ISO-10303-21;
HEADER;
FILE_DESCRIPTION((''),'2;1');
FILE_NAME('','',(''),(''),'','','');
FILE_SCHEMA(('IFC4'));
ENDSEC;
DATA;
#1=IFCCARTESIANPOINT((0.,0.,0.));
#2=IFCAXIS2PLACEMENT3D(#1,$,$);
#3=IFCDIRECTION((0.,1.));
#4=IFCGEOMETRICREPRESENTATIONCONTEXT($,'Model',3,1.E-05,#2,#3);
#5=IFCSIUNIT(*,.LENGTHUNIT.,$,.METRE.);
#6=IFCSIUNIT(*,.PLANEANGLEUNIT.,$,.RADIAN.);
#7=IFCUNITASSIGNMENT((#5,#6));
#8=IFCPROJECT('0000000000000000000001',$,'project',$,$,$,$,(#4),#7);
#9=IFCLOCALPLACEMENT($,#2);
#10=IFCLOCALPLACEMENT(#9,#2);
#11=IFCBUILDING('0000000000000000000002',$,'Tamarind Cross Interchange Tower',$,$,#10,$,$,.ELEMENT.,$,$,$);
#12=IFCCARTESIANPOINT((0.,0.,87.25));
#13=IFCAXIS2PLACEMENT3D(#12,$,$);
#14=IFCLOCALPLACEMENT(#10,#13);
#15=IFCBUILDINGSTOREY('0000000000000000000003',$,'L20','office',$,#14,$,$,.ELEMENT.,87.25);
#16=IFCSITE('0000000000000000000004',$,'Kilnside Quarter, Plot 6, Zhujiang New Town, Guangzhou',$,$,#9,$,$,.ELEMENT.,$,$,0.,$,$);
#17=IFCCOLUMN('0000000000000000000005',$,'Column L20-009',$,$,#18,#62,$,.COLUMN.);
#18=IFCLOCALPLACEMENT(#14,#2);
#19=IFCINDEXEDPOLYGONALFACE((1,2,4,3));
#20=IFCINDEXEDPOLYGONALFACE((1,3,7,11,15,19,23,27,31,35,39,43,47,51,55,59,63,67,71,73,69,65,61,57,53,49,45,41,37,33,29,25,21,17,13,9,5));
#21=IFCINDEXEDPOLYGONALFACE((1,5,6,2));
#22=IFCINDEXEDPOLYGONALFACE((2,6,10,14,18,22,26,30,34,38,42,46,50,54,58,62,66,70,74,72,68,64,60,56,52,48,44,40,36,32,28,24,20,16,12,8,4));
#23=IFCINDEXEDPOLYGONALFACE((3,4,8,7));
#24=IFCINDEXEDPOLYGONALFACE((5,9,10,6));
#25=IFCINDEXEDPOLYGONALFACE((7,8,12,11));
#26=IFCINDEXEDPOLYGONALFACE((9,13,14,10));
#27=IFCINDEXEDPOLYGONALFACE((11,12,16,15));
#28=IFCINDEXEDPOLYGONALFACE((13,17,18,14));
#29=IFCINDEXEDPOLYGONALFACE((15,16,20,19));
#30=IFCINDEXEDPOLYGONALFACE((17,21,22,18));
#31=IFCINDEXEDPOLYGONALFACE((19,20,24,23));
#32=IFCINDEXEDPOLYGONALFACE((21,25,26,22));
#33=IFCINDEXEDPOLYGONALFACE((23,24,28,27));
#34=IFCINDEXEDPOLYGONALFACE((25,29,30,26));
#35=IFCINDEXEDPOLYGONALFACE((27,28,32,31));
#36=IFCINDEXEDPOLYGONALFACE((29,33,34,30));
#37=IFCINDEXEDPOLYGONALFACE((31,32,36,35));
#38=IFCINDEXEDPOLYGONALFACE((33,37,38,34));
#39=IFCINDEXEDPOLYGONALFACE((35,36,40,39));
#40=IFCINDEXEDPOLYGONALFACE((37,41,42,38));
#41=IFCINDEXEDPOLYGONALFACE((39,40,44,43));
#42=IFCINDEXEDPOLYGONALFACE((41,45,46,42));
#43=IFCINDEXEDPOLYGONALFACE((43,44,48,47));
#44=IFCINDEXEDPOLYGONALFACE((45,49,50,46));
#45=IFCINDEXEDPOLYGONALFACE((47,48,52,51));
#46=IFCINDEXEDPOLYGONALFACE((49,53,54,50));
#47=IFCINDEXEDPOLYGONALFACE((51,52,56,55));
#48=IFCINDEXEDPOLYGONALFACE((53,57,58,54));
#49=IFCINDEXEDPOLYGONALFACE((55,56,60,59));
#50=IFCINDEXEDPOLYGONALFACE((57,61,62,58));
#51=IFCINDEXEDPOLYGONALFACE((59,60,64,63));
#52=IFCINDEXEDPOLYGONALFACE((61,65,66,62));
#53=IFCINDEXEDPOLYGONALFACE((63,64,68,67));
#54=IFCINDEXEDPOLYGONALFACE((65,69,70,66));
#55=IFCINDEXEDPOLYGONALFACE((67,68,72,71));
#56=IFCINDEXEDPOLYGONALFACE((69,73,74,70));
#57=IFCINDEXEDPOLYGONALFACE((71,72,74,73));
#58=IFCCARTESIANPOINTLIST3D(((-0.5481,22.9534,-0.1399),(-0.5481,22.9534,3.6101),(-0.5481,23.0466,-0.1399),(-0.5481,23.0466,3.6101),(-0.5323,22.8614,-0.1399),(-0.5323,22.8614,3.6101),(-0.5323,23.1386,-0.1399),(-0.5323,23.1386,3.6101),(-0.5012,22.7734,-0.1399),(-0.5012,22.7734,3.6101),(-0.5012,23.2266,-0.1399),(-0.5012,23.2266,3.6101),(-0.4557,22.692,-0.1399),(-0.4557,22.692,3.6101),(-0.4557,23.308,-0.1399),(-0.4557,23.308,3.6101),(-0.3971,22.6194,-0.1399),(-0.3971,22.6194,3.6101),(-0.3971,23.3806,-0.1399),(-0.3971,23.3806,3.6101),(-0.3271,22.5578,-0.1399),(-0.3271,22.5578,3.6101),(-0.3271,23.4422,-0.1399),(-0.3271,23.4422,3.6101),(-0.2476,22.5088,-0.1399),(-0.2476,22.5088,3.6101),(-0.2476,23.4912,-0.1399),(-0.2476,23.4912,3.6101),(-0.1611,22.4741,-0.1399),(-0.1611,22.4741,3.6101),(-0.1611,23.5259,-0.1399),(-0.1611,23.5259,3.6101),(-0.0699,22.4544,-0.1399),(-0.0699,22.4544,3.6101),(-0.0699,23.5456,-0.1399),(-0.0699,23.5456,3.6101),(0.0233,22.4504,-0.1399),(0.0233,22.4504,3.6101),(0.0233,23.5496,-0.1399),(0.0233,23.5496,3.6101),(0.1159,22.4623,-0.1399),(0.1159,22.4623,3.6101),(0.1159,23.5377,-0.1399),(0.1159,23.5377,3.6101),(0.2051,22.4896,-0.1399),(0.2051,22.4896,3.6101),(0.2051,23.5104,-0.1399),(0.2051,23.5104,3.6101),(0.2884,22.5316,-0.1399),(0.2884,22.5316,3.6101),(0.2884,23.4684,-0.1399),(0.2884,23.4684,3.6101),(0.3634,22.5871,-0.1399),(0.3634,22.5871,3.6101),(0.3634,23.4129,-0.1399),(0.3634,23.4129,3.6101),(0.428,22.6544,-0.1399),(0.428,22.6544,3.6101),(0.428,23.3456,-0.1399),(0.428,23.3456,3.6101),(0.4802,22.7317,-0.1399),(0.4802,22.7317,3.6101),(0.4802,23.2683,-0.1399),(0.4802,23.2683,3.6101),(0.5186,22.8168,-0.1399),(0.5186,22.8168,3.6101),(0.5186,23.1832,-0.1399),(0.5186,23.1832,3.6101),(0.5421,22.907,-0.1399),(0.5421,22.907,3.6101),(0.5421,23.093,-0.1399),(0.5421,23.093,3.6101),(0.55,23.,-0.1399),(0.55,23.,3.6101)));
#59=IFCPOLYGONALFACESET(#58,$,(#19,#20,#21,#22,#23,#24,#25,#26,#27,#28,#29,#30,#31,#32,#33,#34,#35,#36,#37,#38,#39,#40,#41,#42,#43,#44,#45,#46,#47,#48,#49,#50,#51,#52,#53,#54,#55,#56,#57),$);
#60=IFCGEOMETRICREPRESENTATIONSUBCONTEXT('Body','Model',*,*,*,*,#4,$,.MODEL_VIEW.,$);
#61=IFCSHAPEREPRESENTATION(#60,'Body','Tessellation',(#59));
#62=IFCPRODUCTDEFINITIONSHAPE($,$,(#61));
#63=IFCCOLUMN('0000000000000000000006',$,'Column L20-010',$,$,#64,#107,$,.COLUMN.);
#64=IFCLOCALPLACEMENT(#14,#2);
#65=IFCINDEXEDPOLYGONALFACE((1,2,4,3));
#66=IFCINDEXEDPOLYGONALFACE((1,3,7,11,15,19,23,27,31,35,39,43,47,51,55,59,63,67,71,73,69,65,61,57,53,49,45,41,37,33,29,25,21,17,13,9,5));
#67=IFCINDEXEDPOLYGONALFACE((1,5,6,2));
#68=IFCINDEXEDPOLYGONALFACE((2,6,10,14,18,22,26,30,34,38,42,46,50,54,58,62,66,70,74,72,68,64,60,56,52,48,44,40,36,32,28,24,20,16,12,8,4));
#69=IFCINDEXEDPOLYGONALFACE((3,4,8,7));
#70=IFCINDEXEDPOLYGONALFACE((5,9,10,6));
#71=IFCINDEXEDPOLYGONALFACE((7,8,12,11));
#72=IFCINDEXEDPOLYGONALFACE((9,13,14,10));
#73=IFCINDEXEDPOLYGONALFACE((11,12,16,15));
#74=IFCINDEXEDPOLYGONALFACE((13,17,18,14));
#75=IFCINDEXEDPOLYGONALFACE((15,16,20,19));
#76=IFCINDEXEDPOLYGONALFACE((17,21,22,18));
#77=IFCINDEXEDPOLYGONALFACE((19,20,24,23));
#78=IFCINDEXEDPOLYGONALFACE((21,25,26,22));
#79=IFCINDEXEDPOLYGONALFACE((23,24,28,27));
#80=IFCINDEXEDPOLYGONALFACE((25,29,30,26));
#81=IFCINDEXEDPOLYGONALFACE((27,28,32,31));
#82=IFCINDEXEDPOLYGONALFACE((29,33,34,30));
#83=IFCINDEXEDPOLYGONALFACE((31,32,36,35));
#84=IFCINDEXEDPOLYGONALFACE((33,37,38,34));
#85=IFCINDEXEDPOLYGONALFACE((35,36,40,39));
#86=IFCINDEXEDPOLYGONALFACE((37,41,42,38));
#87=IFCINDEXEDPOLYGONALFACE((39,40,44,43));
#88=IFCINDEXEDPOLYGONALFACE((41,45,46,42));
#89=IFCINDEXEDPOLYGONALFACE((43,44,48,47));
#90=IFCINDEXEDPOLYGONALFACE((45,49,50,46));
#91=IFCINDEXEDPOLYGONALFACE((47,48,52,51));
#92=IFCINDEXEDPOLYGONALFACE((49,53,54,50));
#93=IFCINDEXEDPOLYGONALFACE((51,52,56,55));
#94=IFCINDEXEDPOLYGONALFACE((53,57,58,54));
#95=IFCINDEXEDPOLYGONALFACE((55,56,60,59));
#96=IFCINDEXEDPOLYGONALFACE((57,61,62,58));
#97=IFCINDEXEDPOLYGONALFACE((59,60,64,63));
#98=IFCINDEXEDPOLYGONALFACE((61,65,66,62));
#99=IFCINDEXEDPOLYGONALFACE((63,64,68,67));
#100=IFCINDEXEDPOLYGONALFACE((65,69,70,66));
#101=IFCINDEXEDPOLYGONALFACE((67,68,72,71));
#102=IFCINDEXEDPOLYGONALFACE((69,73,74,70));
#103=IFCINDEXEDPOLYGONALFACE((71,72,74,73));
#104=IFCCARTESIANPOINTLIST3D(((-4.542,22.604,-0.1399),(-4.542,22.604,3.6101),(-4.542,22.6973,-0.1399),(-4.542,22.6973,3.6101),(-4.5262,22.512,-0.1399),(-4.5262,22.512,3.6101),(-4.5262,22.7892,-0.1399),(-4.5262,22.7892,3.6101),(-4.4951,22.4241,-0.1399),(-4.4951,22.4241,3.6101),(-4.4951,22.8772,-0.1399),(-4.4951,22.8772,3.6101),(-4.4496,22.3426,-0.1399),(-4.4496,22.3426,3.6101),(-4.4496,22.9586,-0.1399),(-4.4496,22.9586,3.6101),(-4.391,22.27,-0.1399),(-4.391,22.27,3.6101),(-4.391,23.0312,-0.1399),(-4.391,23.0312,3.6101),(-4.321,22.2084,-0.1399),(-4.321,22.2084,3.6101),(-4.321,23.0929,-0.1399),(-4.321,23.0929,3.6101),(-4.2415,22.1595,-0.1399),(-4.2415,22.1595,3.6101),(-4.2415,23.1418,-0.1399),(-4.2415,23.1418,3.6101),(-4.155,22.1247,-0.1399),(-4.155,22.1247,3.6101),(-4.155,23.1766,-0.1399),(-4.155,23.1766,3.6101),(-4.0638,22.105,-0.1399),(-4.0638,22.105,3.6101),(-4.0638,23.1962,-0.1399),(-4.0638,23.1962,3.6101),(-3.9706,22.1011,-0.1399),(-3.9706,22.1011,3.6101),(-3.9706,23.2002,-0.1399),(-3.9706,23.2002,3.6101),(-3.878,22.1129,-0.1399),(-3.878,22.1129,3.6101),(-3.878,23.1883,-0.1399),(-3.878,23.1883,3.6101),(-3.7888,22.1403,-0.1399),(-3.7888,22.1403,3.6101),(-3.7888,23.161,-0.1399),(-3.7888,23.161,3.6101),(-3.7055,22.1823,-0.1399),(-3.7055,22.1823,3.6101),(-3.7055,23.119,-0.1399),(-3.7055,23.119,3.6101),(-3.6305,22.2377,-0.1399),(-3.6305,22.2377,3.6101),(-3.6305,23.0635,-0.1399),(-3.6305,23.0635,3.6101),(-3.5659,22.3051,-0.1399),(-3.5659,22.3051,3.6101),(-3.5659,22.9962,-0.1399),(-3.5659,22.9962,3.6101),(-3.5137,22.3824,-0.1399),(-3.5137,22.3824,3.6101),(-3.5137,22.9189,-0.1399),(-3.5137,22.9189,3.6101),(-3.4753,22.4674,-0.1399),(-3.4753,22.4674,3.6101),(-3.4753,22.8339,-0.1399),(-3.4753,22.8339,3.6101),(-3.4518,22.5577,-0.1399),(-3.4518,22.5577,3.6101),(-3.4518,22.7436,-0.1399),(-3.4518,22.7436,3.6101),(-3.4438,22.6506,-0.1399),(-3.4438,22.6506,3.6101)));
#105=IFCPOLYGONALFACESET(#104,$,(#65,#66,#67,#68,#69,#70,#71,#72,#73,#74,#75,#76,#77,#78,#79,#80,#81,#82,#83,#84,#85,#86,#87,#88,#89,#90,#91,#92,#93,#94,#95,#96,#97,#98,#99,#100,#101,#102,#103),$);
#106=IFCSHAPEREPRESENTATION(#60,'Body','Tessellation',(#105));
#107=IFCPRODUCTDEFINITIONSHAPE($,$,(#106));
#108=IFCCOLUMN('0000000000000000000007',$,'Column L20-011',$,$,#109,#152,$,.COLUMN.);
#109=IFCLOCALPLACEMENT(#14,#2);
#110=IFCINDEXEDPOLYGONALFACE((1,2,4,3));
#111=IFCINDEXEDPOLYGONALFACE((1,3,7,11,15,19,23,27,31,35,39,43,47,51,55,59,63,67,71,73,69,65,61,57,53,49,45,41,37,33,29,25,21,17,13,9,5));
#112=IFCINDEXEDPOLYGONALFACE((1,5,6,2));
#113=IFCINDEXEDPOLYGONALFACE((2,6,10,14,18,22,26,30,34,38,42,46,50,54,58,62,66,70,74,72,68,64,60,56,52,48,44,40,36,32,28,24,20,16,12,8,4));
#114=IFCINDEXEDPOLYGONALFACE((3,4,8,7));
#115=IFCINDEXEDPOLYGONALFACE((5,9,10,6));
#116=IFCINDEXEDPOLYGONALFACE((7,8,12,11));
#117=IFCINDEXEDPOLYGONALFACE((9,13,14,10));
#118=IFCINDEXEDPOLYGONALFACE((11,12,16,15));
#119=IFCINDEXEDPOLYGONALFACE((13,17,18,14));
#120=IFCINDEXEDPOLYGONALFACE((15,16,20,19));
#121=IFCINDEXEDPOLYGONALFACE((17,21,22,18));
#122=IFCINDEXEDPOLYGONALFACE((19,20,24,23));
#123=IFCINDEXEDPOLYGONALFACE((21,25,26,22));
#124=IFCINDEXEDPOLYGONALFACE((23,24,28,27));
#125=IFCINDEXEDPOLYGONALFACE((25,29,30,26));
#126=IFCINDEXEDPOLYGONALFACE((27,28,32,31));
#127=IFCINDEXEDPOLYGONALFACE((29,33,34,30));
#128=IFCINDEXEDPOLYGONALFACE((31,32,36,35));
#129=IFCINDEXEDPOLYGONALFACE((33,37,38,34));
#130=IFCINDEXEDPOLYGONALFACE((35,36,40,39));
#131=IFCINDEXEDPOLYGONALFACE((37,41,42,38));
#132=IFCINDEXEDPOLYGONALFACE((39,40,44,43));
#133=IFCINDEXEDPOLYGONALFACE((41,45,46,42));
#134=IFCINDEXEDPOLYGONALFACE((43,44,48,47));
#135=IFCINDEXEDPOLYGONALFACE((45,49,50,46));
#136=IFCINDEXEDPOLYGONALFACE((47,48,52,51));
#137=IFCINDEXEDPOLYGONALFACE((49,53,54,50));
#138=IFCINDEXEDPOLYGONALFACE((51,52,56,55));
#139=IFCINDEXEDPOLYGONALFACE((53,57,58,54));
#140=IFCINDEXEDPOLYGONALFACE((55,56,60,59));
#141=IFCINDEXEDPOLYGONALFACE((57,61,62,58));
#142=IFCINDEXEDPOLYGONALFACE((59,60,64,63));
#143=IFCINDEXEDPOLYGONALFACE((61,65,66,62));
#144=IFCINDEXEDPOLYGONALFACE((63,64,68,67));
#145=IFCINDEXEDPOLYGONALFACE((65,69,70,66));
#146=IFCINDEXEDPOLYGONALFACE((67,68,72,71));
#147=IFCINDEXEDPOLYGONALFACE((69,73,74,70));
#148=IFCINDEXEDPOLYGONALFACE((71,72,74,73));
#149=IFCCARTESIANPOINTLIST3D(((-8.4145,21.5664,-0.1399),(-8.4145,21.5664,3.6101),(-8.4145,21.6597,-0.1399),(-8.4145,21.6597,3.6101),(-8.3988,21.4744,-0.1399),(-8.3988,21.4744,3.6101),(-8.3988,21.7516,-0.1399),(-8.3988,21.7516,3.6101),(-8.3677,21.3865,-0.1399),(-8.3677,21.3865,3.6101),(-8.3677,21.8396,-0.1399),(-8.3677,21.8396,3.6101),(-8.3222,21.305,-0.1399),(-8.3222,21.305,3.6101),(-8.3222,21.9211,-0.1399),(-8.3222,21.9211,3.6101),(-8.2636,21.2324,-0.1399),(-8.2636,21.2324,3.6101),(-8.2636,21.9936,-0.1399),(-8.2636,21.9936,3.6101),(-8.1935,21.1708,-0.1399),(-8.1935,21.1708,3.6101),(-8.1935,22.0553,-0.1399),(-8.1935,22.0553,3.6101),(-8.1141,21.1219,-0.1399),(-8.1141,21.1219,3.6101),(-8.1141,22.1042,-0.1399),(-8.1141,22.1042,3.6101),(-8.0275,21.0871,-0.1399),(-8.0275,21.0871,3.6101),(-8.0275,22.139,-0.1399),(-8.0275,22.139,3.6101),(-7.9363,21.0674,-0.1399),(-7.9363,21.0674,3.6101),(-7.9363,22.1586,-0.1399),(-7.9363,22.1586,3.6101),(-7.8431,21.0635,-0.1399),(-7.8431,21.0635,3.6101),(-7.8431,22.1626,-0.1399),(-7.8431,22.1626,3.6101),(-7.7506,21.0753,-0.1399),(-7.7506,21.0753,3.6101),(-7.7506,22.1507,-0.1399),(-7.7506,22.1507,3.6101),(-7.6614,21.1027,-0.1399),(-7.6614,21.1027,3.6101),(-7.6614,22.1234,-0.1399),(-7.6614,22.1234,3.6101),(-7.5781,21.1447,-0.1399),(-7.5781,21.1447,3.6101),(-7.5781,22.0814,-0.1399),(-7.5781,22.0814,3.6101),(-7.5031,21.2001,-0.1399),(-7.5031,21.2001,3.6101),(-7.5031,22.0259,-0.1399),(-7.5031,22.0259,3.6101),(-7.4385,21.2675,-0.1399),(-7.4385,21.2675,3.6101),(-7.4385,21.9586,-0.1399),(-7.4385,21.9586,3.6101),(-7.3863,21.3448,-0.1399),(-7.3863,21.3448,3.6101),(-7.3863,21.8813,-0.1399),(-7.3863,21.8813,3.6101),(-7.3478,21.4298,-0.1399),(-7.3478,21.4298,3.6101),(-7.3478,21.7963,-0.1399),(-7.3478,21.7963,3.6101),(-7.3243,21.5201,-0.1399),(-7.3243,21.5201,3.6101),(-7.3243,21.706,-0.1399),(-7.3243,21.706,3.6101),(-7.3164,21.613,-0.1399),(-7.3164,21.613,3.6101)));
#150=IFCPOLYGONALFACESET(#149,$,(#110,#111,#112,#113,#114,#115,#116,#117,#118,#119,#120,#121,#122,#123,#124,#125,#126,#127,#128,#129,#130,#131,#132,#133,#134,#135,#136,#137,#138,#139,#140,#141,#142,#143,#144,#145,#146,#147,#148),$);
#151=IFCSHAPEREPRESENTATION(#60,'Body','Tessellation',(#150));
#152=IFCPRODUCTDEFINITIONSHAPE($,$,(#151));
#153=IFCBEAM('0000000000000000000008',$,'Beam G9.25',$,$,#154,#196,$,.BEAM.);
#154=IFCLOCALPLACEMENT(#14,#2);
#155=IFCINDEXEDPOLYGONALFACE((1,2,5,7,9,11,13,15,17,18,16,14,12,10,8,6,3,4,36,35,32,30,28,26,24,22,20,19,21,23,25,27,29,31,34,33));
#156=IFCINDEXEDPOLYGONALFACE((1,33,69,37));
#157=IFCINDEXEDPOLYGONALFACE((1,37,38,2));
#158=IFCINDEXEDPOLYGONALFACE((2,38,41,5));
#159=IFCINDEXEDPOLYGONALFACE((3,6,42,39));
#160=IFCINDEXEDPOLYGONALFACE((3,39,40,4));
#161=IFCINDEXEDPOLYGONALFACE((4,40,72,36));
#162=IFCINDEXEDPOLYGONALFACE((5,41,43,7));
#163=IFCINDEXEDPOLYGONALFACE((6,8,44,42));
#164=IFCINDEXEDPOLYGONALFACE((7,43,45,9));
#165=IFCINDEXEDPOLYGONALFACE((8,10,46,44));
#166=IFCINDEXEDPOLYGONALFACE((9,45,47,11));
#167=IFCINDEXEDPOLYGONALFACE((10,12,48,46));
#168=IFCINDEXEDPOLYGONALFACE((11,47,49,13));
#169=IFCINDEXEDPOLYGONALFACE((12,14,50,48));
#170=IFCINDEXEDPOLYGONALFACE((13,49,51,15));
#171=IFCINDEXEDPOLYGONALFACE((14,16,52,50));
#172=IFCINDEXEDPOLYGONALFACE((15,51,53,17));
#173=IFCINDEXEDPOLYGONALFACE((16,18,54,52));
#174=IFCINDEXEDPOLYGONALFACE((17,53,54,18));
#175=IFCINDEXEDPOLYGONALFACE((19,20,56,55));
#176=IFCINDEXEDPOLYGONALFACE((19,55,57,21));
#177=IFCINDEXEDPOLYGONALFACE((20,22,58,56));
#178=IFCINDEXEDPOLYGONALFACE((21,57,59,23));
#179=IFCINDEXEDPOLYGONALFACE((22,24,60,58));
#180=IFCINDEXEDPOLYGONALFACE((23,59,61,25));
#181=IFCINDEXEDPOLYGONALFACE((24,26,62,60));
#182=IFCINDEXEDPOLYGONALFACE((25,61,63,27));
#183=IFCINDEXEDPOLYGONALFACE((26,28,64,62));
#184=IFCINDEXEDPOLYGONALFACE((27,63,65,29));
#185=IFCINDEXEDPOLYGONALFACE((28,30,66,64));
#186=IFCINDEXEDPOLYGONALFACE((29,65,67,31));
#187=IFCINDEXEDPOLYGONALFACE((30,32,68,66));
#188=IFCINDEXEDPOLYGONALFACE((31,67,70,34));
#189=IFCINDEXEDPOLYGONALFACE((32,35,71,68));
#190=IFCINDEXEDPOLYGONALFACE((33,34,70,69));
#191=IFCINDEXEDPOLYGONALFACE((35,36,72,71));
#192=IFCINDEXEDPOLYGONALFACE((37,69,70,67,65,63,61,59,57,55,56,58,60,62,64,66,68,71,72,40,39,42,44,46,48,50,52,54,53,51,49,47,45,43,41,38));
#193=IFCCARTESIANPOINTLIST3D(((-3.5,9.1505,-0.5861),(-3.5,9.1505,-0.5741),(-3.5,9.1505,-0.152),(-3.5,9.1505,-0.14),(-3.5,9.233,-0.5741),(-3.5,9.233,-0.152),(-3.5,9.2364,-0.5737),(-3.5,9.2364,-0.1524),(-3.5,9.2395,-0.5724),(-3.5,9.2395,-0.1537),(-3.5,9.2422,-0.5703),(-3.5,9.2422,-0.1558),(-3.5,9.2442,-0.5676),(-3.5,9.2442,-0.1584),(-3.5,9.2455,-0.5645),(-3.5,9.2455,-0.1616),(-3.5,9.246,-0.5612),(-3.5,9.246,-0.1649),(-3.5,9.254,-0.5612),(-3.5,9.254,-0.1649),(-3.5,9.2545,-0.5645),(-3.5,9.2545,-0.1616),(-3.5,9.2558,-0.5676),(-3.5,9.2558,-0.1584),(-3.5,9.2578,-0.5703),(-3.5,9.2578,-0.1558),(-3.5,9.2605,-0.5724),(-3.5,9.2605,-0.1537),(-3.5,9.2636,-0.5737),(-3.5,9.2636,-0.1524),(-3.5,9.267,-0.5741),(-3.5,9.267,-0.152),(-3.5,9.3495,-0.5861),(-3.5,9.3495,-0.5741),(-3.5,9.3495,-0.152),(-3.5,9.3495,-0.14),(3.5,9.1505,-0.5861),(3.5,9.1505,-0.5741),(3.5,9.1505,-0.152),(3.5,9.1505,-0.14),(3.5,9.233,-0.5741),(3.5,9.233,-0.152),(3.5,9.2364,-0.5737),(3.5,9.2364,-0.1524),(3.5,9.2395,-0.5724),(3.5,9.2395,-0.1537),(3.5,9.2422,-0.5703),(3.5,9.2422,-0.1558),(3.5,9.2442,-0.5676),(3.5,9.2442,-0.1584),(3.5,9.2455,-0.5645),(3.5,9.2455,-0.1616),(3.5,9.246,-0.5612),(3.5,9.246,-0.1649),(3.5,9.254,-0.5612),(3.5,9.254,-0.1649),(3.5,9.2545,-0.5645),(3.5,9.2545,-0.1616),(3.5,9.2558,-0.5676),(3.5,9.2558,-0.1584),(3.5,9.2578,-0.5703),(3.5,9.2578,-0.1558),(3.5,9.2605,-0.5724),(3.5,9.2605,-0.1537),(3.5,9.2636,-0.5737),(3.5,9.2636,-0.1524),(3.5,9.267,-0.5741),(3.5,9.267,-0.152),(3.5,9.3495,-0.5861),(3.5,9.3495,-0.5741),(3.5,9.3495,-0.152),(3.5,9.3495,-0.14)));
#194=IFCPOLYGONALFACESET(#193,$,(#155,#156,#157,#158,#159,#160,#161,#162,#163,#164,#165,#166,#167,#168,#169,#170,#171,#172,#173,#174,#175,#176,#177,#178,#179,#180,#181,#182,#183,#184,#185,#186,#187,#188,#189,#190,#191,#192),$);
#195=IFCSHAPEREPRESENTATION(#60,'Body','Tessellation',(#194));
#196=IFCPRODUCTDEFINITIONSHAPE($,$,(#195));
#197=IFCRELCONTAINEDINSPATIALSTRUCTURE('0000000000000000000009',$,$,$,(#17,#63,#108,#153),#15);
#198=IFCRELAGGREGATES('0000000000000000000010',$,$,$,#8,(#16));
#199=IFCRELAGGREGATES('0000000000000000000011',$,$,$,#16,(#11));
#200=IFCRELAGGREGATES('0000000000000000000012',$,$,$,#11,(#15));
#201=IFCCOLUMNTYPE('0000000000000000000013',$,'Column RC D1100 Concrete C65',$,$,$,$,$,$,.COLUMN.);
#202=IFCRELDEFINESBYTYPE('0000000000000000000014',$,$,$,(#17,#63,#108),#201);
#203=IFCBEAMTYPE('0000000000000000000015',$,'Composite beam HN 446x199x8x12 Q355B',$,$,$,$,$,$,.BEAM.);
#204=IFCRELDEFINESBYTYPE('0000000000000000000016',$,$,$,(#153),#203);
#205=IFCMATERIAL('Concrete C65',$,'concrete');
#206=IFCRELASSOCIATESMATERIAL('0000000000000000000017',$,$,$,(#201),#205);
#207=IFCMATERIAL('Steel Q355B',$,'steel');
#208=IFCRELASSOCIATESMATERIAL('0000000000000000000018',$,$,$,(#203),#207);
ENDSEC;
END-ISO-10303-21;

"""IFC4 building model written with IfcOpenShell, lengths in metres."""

from ifc_helpers import new_model, si_unit, direction, frame, origin, origin_2d, place, context, subcontext, project, spatial, circle, i_section, extrude, material, material_profile, profile_set, type_object, element, save


model = new_model("IFC4")

# Units and contexts
model_context = context("Model", 3, precision=1e-05, world=origin(), true_north=direction((0.0, 1.0)))
body_context = subcontext(model_context, "Body", "Model", "MODEL_VIEW")
ifc_project = project(units=[si_unit("LENGTHUNIT", "METRE"), si_unit("PLANEANGLEUNIT", "RADIAN")], contexts=[model_context])

# Site, building, storey
site_placement = place(None, origin())
site = spatial("IfcSite", under=ifc_project, at=site_placement, Name="Kilnside Quarter, Plot 6, Zhujiang New Town, Guangzhou", CompositionType="ELEMENT", RefElevation=0.0)
building_placement = place(site_placement, origin())
building = spatial("IfcBuilding", under=site, at=building_placement, Name="Tamarind Cross Interchange Tower", CompositionType="ELEMENT")
storey_placement = place(building_placement, frame((0.0, 0.0, 87.25)))
storey = spatial("IfcBuildingStorey", under=building, at=storey_placement, Name="L20", Description="office", CompositionType="ELEMENT", Elevation=87.25)

# Columns
ifc_material_1 = material(Name="Concrete C65", Category="concrete")
ifc_material_profile_1 = material_profile(ifc_material_1, circle(Radius=0.55, at=origin_2d()), Name="RC D1100")
ifc_profile_set_1 = profile_set([ifc_material_profile_1], Name="Concrete C65")
column_type = type_object("IfcColumnType", Name="Column RC D1100 Concrete C65", PredefinedType="COLUMN", material=ifc_profile_set_1)
for number, where, z_axis, x_axis, name in (
    (1, (0.0, 23.0, -0.1399), (0.0, 0.0, 1.0), (1.0, 0.0, 0.0), "Column L20-009"),
    (2, (-3.9939, 22.6506, -0.1399), (0.0, 0.0, 1.0), (1.0, 0.0, 0.0), "Column L20-010"),
    (3, (-7.8665, 21.613, -0.1399), (0.0, 0.0, 1.0), (1.0, 0.0, 0.0), "Column L20-011"),
):
    element("IfcColumn", number, at=place(storey_placement, frame(where, z_axis=z_axis, x_axis=x_axis)), inside=storey, type_object=column_type, Name=name, PredefinedType="COLUMN", context=body_context, shape_type="SweptSolid", body=[
        extrude(circle(Radius=0.55, at=origin_2d()), origin(), (0.0, 0.0, 1.0), 3.75),
    ])

# Beam
ifc_material_2 = material(Name="Steel Q355B", Category="steel")
ifc_material_profile_2 = material_profile(ifc_material_2, i_section(OverallWidth=0.199, OverallDepth=0.446, WebThickness=0.0081, FlangeThickness=0.012, FilletRadius=0.0129, at=origin_2d()), Name="HN 446x199x8x12")
ifc_profile_set_2 = profile_set([ifc_material_profile_2], Name="Steel Q355B")
beam_type_1 = type_object("IfcBeamType", Name="Composite beam HN 446x199x8x12 Q355B", PredefinedType="BEAM", material=ifc_profile_set_2)
beam_1_placement = place(storey_placement, frame((-3.5, 9.25, -0.363), z_axis=(1.0, 0.0, 0.0), x_axis=(0.0, 1.0, 0.0)))
element("IfcBeam", 4, at=beam_1_placement, inside=storey, type_object=beam_type_1, Name="Beam G9.25", PredefinedType="BEAM", context=body_context, shape_type="SweptSolid", body=[
    extrude(i_section(OverallWidth=0.199, OverallDepth=0.446, WebThickness=0.0081, FlangeThickness=0.012, FilletRadius=0.0129, at=origin_2d()), origin(), (0.0, 0.0, 1.0), 7.0),
])

save(model, "model.ifc")
